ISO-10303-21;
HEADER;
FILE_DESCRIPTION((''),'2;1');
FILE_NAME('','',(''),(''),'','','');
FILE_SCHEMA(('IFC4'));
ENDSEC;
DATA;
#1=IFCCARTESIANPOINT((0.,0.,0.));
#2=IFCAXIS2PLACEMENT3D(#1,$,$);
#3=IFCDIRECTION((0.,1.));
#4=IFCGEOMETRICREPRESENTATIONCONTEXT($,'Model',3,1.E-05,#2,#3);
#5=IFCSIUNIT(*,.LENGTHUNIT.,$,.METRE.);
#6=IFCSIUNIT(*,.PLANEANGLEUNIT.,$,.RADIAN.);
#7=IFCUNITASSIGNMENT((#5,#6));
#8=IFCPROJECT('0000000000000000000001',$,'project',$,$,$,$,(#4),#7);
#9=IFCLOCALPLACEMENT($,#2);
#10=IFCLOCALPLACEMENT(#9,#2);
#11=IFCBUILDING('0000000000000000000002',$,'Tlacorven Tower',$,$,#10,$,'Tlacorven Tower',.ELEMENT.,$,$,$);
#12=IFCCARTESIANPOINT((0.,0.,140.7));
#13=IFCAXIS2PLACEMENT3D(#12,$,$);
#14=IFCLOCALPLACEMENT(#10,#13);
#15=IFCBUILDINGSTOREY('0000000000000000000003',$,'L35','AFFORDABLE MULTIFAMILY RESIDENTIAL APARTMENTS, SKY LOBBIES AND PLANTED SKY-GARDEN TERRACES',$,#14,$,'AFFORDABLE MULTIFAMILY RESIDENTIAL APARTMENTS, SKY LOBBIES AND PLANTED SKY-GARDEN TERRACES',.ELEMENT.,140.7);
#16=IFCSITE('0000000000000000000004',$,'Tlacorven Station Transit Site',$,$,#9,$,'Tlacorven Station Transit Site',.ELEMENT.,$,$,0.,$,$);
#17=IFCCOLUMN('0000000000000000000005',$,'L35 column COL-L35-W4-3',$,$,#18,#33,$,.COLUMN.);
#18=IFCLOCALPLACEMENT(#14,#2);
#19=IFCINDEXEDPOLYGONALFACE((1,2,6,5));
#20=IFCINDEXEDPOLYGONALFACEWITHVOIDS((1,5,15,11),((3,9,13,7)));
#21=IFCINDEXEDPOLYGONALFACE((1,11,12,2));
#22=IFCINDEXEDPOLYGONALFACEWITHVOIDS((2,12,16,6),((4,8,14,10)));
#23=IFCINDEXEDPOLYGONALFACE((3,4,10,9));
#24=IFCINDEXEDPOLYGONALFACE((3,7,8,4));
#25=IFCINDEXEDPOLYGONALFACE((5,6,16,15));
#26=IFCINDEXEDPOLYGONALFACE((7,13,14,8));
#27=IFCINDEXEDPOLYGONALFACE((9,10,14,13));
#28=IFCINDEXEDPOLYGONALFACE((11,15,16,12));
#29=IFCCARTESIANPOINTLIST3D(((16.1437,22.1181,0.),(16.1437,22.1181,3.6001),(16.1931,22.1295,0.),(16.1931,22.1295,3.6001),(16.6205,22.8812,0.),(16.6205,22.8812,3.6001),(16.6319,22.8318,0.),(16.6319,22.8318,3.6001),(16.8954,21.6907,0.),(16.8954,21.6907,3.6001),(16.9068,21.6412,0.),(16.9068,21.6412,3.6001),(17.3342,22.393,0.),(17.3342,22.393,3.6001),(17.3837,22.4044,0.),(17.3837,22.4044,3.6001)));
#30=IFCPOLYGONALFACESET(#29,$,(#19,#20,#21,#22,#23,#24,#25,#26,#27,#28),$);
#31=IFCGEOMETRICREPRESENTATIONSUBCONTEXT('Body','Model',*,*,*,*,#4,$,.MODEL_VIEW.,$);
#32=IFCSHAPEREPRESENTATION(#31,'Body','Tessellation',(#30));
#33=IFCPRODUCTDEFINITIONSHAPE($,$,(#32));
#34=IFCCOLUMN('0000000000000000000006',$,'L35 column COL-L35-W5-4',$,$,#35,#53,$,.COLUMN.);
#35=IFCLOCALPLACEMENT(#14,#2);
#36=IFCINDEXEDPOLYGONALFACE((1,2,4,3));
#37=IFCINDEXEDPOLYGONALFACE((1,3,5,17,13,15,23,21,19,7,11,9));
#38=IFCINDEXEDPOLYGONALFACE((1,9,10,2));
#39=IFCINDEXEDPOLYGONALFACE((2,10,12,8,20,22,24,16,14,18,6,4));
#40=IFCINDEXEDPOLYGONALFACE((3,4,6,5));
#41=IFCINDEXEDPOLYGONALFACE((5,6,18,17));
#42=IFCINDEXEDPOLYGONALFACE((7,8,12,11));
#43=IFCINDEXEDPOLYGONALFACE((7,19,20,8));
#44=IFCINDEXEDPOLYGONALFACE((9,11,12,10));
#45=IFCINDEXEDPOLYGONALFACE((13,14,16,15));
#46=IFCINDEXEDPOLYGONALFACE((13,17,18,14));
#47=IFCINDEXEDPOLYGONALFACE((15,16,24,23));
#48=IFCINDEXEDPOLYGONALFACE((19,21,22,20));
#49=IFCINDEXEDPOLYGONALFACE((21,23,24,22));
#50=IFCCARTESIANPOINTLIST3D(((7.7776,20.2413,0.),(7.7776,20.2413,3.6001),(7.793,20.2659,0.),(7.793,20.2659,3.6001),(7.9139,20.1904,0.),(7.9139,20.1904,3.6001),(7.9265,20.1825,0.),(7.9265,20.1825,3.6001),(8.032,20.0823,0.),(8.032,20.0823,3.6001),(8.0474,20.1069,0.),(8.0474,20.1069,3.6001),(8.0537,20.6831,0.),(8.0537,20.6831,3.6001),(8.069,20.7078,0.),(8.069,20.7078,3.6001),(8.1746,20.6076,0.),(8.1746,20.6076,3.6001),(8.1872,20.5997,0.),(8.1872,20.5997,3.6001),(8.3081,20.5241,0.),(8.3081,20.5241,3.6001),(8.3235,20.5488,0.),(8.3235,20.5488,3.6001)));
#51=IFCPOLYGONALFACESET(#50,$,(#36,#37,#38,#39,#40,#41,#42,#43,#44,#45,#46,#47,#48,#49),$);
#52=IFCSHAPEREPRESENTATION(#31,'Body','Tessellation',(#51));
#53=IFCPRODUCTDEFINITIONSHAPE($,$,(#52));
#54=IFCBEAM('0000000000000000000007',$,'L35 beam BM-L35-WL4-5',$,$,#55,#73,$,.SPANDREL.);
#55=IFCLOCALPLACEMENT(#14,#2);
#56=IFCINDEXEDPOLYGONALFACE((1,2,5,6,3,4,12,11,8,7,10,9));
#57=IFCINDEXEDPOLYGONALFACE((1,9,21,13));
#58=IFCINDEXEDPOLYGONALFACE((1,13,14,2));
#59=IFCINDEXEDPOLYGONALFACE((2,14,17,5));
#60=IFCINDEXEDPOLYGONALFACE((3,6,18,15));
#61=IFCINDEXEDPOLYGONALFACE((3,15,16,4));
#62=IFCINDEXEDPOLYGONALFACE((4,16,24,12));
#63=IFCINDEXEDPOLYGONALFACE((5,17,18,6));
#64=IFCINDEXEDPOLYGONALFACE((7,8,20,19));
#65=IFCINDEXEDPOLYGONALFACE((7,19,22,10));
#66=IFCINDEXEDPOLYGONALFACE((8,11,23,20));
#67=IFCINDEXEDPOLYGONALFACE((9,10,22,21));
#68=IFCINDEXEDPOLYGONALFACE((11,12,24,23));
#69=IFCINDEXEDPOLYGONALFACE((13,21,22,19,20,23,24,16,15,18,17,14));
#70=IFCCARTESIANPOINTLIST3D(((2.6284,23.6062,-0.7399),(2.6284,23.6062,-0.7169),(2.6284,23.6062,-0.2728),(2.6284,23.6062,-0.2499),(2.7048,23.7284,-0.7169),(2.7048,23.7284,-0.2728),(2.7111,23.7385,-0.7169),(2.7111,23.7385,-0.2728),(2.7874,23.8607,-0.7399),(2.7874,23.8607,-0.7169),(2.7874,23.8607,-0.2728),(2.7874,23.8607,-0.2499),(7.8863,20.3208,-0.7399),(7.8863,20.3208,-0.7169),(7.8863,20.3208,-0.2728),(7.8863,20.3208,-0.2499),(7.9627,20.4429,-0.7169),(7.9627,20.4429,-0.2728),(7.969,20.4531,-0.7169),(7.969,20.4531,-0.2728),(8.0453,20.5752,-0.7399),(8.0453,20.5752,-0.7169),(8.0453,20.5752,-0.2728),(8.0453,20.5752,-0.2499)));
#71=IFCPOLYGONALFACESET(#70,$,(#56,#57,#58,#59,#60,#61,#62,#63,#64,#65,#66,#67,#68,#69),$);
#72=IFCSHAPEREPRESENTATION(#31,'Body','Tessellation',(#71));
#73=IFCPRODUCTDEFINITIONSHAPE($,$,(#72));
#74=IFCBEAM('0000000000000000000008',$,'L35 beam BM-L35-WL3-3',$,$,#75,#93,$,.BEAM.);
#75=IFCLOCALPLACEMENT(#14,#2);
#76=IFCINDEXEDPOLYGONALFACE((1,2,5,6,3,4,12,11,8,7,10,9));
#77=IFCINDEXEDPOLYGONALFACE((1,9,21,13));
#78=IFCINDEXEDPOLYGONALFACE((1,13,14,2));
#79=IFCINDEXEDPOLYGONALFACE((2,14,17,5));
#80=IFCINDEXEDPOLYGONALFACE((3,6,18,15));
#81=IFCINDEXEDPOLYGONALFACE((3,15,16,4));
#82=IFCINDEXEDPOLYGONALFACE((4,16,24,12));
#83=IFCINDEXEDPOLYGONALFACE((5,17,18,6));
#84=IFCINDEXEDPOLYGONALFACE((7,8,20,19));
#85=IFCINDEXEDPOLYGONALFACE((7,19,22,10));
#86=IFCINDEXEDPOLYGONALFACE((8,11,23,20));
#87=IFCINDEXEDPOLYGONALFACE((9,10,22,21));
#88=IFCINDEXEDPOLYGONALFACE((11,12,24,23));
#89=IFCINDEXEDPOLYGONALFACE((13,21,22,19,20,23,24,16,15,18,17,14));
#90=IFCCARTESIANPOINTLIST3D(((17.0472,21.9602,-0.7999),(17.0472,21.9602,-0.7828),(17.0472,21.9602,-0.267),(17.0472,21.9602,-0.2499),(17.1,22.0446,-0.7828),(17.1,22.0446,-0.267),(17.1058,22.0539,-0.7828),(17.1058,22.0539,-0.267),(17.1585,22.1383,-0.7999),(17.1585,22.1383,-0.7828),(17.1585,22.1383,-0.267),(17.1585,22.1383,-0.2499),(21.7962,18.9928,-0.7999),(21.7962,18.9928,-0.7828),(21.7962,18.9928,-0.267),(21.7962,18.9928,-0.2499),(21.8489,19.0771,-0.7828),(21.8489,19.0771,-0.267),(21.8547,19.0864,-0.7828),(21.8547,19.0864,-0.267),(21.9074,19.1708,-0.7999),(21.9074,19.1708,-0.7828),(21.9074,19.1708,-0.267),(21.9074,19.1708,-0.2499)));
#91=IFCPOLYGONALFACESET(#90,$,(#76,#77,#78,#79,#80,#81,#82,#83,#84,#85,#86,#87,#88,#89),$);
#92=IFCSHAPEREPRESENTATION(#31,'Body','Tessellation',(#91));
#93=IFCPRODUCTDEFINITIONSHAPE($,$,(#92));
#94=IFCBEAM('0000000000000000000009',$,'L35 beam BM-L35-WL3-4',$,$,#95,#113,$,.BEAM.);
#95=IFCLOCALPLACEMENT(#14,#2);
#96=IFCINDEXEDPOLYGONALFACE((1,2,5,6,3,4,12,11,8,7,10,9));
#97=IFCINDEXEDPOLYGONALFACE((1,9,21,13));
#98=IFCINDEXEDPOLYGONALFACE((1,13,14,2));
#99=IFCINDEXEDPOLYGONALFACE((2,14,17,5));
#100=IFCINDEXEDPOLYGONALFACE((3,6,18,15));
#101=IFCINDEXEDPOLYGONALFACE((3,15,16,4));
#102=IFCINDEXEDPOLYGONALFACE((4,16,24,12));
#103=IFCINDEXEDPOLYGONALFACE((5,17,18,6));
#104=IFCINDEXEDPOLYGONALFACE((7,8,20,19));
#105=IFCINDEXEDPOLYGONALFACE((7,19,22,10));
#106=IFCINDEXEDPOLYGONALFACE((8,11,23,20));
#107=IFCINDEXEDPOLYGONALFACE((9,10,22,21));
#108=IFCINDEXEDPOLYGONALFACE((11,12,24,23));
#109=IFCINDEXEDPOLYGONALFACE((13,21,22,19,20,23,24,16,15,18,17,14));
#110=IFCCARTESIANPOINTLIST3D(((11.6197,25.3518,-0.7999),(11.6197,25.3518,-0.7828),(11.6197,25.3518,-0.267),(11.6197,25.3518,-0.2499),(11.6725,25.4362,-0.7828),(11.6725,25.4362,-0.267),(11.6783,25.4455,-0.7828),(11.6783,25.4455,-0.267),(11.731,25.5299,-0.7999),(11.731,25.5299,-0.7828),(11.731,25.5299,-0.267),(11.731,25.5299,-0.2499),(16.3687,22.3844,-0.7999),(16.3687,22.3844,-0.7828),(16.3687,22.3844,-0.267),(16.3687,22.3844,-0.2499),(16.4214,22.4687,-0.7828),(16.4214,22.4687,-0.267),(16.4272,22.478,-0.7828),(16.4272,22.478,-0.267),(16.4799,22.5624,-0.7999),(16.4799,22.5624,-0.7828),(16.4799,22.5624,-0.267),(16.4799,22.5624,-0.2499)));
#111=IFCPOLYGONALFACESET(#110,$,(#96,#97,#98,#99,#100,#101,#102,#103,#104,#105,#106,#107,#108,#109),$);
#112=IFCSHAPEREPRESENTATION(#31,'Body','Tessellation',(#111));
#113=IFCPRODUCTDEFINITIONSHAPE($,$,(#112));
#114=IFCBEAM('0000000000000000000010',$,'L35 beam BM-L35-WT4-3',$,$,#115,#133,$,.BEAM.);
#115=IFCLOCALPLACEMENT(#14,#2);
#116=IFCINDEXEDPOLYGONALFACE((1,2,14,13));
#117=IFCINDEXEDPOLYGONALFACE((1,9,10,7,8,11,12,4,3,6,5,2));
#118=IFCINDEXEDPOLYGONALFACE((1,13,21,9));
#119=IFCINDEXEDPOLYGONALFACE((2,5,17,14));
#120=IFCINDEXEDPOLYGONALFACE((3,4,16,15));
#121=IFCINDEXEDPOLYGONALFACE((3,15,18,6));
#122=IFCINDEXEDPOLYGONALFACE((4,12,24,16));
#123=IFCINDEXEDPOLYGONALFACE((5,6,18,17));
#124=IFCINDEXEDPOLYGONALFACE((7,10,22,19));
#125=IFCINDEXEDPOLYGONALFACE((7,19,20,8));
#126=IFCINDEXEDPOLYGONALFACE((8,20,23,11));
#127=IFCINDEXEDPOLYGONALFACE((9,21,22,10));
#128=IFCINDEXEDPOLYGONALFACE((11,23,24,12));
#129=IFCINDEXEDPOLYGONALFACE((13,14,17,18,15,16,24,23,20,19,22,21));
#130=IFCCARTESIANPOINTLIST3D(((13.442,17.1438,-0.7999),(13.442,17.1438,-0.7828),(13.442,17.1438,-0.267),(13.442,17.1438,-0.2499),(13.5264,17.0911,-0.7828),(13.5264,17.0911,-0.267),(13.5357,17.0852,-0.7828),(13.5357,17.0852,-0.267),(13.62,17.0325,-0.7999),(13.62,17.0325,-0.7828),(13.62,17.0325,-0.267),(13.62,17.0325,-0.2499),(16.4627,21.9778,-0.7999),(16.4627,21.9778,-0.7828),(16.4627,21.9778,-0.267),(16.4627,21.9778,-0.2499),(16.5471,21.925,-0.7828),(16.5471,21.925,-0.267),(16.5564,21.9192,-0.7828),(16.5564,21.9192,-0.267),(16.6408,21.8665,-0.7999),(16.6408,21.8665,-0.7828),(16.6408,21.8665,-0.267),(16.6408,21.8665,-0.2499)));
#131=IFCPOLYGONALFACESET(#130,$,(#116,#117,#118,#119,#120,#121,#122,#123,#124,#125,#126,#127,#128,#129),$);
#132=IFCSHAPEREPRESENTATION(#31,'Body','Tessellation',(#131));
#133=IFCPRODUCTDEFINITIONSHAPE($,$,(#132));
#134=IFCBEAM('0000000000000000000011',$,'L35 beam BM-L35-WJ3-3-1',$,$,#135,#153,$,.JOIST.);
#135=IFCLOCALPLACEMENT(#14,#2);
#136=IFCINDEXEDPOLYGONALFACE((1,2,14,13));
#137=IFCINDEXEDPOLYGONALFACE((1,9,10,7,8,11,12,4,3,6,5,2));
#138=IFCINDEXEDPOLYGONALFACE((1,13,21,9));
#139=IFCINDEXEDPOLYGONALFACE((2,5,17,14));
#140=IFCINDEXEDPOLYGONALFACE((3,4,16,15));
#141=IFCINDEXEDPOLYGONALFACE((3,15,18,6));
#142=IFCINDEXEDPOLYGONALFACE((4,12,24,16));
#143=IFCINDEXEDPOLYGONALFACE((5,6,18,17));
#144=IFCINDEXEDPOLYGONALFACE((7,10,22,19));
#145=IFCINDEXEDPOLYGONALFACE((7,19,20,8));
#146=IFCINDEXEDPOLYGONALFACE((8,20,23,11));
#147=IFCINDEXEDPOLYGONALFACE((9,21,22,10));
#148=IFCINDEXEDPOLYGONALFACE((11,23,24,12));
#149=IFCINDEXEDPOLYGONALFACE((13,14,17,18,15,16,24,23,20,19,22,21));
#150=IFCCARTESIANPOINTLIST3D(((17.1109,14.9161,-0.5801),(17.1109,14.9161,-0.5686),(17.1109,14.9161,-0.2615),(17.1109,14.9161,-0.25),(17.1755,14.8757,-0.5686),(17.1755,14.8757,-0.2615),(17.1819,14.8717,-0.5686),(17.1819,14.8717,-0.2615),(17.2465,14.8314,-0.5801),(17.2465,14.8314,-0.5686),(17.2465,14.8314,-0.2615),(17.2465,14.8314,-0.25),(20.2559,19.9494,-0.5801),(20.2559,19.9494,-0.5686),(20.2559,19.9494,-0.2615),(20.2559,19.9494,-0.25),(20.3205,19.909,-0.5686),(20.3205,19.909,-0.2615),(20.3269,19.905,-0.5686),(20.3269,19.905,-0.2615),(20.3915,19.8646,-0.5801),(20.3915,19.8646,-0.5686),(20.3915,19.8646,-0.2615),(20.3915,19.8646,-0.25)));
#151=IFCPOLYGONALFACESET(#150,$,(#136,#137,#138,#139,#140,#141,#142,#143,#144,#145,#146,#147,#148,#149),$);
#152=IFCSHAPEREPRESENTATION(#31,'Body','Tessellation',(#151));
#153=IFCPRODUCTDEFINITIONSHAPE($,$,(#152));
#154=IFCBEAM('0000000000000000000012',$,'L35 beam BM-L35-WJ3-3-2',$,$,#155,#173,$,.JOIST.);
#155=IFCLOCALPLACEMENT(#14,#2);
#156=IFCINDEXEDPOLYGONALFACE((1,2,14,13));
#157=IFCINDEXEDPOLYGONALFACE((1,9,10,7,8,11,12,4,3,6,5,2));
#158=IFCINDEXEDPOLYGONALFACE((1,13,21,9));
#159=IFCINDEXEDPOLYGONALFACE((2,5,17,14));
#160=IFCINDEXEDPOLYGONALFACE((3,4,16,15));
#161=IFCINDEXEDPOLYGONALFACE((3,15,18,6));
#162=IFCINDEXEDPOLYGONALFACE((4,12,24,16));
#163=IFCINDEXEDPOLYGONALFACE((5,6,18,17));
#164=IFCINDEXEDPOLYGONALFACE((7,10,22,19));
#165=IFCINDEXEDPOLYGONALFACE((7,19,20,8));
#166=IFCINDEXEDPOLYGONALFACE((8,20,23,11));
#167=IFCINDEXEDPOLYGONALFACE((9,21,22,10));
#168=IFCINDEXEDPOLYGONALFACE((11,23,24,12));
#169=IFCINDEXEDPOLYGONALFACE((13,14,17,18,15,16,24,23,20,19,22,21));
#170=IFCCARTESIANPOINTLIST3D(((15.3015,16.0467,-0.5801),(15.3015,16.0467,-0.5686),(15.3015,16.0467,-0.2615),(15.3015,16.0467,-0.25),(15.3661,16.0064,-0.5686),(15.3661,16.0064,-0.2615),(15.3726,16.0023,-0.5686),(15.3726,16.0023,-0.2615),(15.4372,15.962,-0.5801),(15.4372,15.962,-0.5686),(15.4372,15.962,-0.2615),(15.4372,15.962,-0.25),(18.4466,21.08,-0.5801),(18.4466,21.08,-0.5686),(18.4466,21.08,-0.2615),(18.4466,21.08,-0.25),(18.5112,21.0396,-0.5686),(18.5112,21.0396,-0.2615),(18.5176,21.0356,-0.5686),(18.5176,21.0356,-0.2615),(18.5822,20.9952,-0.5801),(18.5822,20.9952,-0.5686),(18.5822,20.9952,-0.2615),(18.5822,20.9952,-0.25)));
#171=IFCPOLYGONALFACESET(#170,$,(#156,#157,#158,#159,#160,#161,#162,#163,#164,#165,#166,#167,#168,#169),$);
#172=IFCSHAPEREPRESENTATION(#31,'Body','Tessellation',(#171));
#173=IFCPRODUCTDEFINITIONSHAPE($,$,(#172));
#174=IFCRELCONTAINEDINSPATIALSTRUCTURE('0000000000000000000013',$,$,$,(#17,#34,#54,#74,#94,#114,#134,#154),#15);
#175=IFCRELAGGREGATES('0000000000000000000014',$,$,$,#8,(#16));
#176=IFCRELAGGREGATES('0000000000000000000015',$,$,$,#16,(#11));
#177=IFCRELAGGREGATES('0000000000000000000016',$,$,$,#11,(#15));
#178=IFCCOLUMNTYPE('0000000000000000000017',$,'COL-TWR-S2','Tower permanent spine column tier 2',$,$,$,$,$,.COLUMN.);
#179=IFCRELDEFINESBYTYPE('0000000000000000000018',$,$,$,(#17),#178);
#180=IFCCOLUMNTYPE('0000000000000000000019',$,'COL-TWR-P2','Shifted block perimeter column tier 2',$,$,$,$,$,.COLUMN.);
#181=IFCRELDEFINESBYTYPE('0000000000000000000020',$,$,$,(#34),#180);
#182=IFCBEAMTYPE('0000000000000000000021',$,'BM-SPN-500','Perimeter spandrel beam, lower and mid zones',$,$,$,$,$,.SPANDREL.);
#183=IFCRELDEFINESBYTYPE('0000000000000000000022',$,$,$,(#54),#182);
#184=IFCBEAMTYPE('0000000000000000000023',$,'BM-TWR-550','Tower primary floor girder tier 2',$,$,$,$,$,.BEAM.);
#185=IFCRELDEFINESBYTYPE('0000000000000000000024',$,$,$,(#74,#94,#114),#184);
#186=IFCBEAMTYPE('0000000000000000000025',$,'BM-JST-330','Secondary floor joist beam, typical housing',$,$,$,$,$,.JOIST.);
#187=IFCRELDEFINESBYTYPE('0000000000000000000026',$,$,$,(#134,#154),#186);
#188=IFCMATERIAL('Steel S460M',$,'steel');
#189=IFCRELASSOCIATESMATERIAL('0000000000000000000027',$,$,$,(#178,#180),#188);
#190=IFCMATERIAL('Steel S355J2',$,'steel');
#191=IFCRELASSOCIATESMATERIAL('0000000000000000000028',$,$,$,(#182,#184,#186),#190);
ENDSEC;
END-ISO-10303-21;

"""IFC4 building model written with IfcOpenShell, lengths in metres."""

from ifc_helpers import new_model, si_unit, direction, frame, origin, origin_2d, place, context, subcontext, project, spatial, hollow_rectangle, i_section, extrude, source, transform, mapped, material, material_profile, profile_set, type_object, element, save


model = new_model("IFC4")

# Units and contexts
model_context = context("Model", 3, precision=1e-05, world=origin(), true_north=direction((0.0, 1.0)))
body_context = subcontext(model_context, "Body", "Model", "MODEL_VIEW")
ifc_project = project(units=[si_unit("LENGTHUNIT", "METRE"), si_unit("PLANEANGLEUNIT", "RADIAN")], contexts=[model_context])

# Site, building, storey
site_placement = place(None, origin())
site = spatial("IfcSite", under=ifc_project, at=site_placement, Name="Tlacorven Station Transit Site", LongName="Tlacorven Station Transit Site", CompositionType="ELEMENT", RefElevation=0.0)
building_placement = place(site_placement, origin())
building = spatial("IfcBuilding", under=site, at=building_placement, Name="Tlacorven Tower", LongName="Tlacorven Tower", CompositionType="ELEMENT")
storey_placement = place(building_placement, frame((0.0, 0.0, 140.7)))
storey = spatial("IfcBuildingStorey", under=building, at=storey_placement, Name="L35", Description="AFFORDABLE MULTIFAMILY RESIDENTIAL APARTMENTS, SKY LOBBIES AND PLANTED SKY-GARDEN TERRACES", LongName="AFFORDABLE MULTIFAMILY RESIDENTIAL APARTMENTS, SKY LOBBIES AND PLANTED SKY-GARDEN TERRACES", CompositionType="ELEMENT", Elevation=140.7)

# Columns
ifc_material_1 = material(Name="Steel S460M", Category="steel")
ifc_material_profile_1 = material_profile(ifc_material_1, hollow_rectangle(XDim=0.8999, YDim=0.8999, WallThickness=0.0359, at=origin_2d()), Name="BOX 900X900X36")
ifc_profile_set_1 = profile_set([ifc_material_profile_1], Name="Steel S460M")
column_type_1 = type_object("IfcColumnType", Name="COL-TWR-S2", Description="Tower permanent spine column tier 2", PredefinedType="COLUMN", material=ifc_profile_set_1)
shared_shape_1 = source(origin(), body_context, "Body", "SweptSolid", [
    extrude(hollow_rectangle(XDim=0.8999, YDim=0.8999, WallThickness=0.0359, at=origin_2d()), origin(), (0.0, 0.0, 1.0), 3.6001),
])
column_1_placement = place(storey_placement, frame((16.7637, 22.2612, 0.0), z_axis=(0.0, 0.0, 1.0), x_axis=(-0.848048, 0.529919, 0.0)))
element("IfcColumn", 1, at=column_1_placement, inside=storey, type_object=column_type_1, Name="L35 column COL-L35-W4-3", PredefinedType="COLUMN", context=body_context, shape_type="MappedRepresentation", body=[
    mapped(shared_shape_1, transform((0.0, 0.0, 0.0), scale=1.0)),
])
ifc_material_profile_2 = material_profile(ifc_material_1, i_section(OverallWidth=0.3, OverallDepth=0.55, WebThickness=0.0149, FlangeThickness=0.0291, at=origin_2d()), Name="HEB 550")
ifc_profile_set_2 = profile_set([ifc_material_profile_2], Name="Steel S460M")
column_type_2 = type_object("IfcColumnType", Name="COL-TWR-P2", Description="Shifted block perimeter column tier 2", PredefinedType="COLUMN", material=ifc_profile_set_2)
shared_shape_2 = source(origin(), body_context, "Body", "SweptSolid", [
    extrude(i_section(OverallWidth=0.3, OverallDepth=0.55, WebThickness=0.0149, FlangeThickness=0.0291, at=origin_2d()), origin(), (0.0, 0.0, 1.0), 3.6001),
])
column_2_placement = place(storey_placement, frame((8.0505, 20.395, 0.0), z_axis=(0.0, 0.0, 1.0), x_axis=(-0.848048, 0.529919, 0.0)))
element("IfcColumn", 2, at=column_2_placement, inside=storey, type_object=column_type_2, Name="L35 column COL-L35-W5-4", PredefinedType="COLUMN", context=body_context, shape_type="MappedRepresentation", body=[
    mapped(shared_shape_2, transform((0.0, 0.0, 0.0), scale=1.0)),
])

# Beams
ifc_material_2 = material(Name="Steel S355J2", Category="steel")
ifc_material_profile_3 = material_profile(ifc_material_2, i_section(OverallWidth=0.3, OverallDepth=0.49, WebThickness=0.012, FlangeThickness=0.0229, at=origin_2d()), Name="HEA 500")
ifc_profile_set_3 = profile_set([ifc_material_profile_3], Name="Steel S355J2")
beam_type_1 = type_object("IfcBeamType", Name="BM-SPN-500", Description="Perimeter spandrel beam, lower and mid zones", PredefinedType="SPANDREL", material=ifc_profile_set_3)
shared_shape_3 = source(origin(), body_context, "Body", "SweptSolid", [
    extrude(i_section(OverallWidth=0.3, OverallDepth=0.49, WebThickness=0.012, FlangeThickness=0.0229, at=origin_2d()), origin(), (0.0, 0.0, 1.0), 6.2),
])
beam_1_placement = place(storey_placement, frame((7.9658, 20.448, -0.4949), z_axis=(-0.848051, 0.529914, 0.0), x_axis=(-0.529914, -0.848051, 0.0)))
element("IfcBeam", 3, at=beam_1_placement, inside=storey, type_object=beam_type_1, Name="L35 beam BM-L35-WL4-5", PredefinedType="SPANDREL", context=body_context, shape_type="MappedRepresentation", body=[
    mapped(shared_shape_3, transform((0.0, 0.0, 0.0), scale=1.0)),
])
ifc_material_profile_4 = material_profile(ifc_material_2, i_section(OverallWidth=0.21, OverallDepth=0.55, WebThickness=0.011, FlangeThickness=0.0171, at=origin_2d()), Name="IPE 550")
ifc_profile_set_4 = profile_set([ifc_material_profile_4], Name="Steel S355J2")
beam_type_2 = type_object("IfcBeamType", Name="BM-TWR-550", Description="Tower primary floor girder tier 2", PredefinedType="BEAM", material=ifc_profile_set_4)
shared_shape_4 = source(origin(), body_context, "Body", "SweptSolid", [
    extrude(i_section(OverallWidth=0.21, OverallDepth=0.55, WebThickness=0.011, FlangeThickness=0.0171, at=origin_2d()), origin(), (0.0, 0.0, 1.0), 5.5999),
])
for number, where, z_axis, x_axis, name in (
    (4, (21.8518, 19.0818, -0.5249), (-0.848047, 0.529921, 0.0), (-0.529921, -0.848047, 0.0), "L35 beam BM-L35-WL3-3"),
    (5, (16.4243, 22.4734, -0.5249), (-0.848047, 0.529921, 0.0), (-0.529921, -0.848047, 0.0), "L35 beam BM-L35-WL3-4"),
):
    element("IfcBeam", number, at=place(storey_placement, frame(where, z_axis=z_axis, x_axis=x_axis)), inside=storey, type_object=beam_type_2, Name=name, PredefinedType="BEAM", context=body_context, shape_type="MappedRepresentation", body=[
        mapped(shared_shape_4, transform((0.0, 0.0, 0.0), scale=1.0)),
    ])
shared_shape_5 = source(origin(), body_context, "Body", "SweptSolid", [
    extrude(i_section(OverallWidth=0.21, OverallDepth=0.55, WebThickness=0.011, FlangeThickness=0.0171, at=origin_2d()), origin(), (0.0, 0.0, 1.0), 5.7002),
])
beam_2_placement = place(storey_placement, frame((16.5518, 21.9221, -0.5249), z_axis=(-0.529937, -0.848037, 0.0), x_axis=(0.848037, -0.529937, 0.0)))
element("IfcBeam", 6, at=beam_2_placement, inside=storey, type_object=beam_type_2, Name="L35 beam BM-L35-WT4-3", PredefinedType="BEAM", context=body_context, shape_type="MappedRepresentation", body=[
    mapped(shared_shape_5, transform((0.0, 0.0, 0.0), scale=1.0)),
])
ifc_material_profile_5 = material_profile(ifc_material_2, i_section(OverallWidth=0.1599, OverallDepth=0.3301, WebThickness=0.0076, FlangeThickness=0.0115, at=origin_2d()), Name="IPE 330")
ifc_profile_set_5 = profile_set([ifc_material_profile_5], Name="Steel S355J2")
beam_type_3 = type_object("IfcBeamType", Name="BM-JST-330", Description="Secondary floor joist beam, typical housing", PredefinedType="JOIST", material=ifc_profile_set_5)
shared_shape_6 = source(origin(), body_context, "Body", "SweptSolid", [
    extrude(i_section(OverallWidth=0.1599, OverallDepth=0.3301, WebThickness=0.0076, FlangeThickness=0.0115, at=origin_2d()), origin(), (0.0, 0.0, 1.0), 5.9351),
])
for number, where, z_axis, x_axis, name in (
    (7, (20.3237, 19.907, -0.415), (-0.52991, -0.848054, 0.0), (0.848054, -0.52991, 0.0), "L35 beam BM-L35-WJ3-3-1"),
    (8, (18.5144, 21.0376, -0.415), (-0.52991, -0.848054, 0.0), (0.848054, -0.52991, 0.0), "L35 beam BM-L35-WJ3-3-2"),
):
    element("IfcBeam", number, at=place(storey_placement, frame(where, z_axis=z_axis, x_axis=x_axis)), inside=storey, type_object=beam_type_3, Name=name, PredefinedType="JOIST", context=body_context, shape_type="MappedRepresentation", body=[
        mapped(shared_shape_6, transform((0.0, 0.0, 0.0), scale=1.0)),
    ])

save(model, "model.ifc")
